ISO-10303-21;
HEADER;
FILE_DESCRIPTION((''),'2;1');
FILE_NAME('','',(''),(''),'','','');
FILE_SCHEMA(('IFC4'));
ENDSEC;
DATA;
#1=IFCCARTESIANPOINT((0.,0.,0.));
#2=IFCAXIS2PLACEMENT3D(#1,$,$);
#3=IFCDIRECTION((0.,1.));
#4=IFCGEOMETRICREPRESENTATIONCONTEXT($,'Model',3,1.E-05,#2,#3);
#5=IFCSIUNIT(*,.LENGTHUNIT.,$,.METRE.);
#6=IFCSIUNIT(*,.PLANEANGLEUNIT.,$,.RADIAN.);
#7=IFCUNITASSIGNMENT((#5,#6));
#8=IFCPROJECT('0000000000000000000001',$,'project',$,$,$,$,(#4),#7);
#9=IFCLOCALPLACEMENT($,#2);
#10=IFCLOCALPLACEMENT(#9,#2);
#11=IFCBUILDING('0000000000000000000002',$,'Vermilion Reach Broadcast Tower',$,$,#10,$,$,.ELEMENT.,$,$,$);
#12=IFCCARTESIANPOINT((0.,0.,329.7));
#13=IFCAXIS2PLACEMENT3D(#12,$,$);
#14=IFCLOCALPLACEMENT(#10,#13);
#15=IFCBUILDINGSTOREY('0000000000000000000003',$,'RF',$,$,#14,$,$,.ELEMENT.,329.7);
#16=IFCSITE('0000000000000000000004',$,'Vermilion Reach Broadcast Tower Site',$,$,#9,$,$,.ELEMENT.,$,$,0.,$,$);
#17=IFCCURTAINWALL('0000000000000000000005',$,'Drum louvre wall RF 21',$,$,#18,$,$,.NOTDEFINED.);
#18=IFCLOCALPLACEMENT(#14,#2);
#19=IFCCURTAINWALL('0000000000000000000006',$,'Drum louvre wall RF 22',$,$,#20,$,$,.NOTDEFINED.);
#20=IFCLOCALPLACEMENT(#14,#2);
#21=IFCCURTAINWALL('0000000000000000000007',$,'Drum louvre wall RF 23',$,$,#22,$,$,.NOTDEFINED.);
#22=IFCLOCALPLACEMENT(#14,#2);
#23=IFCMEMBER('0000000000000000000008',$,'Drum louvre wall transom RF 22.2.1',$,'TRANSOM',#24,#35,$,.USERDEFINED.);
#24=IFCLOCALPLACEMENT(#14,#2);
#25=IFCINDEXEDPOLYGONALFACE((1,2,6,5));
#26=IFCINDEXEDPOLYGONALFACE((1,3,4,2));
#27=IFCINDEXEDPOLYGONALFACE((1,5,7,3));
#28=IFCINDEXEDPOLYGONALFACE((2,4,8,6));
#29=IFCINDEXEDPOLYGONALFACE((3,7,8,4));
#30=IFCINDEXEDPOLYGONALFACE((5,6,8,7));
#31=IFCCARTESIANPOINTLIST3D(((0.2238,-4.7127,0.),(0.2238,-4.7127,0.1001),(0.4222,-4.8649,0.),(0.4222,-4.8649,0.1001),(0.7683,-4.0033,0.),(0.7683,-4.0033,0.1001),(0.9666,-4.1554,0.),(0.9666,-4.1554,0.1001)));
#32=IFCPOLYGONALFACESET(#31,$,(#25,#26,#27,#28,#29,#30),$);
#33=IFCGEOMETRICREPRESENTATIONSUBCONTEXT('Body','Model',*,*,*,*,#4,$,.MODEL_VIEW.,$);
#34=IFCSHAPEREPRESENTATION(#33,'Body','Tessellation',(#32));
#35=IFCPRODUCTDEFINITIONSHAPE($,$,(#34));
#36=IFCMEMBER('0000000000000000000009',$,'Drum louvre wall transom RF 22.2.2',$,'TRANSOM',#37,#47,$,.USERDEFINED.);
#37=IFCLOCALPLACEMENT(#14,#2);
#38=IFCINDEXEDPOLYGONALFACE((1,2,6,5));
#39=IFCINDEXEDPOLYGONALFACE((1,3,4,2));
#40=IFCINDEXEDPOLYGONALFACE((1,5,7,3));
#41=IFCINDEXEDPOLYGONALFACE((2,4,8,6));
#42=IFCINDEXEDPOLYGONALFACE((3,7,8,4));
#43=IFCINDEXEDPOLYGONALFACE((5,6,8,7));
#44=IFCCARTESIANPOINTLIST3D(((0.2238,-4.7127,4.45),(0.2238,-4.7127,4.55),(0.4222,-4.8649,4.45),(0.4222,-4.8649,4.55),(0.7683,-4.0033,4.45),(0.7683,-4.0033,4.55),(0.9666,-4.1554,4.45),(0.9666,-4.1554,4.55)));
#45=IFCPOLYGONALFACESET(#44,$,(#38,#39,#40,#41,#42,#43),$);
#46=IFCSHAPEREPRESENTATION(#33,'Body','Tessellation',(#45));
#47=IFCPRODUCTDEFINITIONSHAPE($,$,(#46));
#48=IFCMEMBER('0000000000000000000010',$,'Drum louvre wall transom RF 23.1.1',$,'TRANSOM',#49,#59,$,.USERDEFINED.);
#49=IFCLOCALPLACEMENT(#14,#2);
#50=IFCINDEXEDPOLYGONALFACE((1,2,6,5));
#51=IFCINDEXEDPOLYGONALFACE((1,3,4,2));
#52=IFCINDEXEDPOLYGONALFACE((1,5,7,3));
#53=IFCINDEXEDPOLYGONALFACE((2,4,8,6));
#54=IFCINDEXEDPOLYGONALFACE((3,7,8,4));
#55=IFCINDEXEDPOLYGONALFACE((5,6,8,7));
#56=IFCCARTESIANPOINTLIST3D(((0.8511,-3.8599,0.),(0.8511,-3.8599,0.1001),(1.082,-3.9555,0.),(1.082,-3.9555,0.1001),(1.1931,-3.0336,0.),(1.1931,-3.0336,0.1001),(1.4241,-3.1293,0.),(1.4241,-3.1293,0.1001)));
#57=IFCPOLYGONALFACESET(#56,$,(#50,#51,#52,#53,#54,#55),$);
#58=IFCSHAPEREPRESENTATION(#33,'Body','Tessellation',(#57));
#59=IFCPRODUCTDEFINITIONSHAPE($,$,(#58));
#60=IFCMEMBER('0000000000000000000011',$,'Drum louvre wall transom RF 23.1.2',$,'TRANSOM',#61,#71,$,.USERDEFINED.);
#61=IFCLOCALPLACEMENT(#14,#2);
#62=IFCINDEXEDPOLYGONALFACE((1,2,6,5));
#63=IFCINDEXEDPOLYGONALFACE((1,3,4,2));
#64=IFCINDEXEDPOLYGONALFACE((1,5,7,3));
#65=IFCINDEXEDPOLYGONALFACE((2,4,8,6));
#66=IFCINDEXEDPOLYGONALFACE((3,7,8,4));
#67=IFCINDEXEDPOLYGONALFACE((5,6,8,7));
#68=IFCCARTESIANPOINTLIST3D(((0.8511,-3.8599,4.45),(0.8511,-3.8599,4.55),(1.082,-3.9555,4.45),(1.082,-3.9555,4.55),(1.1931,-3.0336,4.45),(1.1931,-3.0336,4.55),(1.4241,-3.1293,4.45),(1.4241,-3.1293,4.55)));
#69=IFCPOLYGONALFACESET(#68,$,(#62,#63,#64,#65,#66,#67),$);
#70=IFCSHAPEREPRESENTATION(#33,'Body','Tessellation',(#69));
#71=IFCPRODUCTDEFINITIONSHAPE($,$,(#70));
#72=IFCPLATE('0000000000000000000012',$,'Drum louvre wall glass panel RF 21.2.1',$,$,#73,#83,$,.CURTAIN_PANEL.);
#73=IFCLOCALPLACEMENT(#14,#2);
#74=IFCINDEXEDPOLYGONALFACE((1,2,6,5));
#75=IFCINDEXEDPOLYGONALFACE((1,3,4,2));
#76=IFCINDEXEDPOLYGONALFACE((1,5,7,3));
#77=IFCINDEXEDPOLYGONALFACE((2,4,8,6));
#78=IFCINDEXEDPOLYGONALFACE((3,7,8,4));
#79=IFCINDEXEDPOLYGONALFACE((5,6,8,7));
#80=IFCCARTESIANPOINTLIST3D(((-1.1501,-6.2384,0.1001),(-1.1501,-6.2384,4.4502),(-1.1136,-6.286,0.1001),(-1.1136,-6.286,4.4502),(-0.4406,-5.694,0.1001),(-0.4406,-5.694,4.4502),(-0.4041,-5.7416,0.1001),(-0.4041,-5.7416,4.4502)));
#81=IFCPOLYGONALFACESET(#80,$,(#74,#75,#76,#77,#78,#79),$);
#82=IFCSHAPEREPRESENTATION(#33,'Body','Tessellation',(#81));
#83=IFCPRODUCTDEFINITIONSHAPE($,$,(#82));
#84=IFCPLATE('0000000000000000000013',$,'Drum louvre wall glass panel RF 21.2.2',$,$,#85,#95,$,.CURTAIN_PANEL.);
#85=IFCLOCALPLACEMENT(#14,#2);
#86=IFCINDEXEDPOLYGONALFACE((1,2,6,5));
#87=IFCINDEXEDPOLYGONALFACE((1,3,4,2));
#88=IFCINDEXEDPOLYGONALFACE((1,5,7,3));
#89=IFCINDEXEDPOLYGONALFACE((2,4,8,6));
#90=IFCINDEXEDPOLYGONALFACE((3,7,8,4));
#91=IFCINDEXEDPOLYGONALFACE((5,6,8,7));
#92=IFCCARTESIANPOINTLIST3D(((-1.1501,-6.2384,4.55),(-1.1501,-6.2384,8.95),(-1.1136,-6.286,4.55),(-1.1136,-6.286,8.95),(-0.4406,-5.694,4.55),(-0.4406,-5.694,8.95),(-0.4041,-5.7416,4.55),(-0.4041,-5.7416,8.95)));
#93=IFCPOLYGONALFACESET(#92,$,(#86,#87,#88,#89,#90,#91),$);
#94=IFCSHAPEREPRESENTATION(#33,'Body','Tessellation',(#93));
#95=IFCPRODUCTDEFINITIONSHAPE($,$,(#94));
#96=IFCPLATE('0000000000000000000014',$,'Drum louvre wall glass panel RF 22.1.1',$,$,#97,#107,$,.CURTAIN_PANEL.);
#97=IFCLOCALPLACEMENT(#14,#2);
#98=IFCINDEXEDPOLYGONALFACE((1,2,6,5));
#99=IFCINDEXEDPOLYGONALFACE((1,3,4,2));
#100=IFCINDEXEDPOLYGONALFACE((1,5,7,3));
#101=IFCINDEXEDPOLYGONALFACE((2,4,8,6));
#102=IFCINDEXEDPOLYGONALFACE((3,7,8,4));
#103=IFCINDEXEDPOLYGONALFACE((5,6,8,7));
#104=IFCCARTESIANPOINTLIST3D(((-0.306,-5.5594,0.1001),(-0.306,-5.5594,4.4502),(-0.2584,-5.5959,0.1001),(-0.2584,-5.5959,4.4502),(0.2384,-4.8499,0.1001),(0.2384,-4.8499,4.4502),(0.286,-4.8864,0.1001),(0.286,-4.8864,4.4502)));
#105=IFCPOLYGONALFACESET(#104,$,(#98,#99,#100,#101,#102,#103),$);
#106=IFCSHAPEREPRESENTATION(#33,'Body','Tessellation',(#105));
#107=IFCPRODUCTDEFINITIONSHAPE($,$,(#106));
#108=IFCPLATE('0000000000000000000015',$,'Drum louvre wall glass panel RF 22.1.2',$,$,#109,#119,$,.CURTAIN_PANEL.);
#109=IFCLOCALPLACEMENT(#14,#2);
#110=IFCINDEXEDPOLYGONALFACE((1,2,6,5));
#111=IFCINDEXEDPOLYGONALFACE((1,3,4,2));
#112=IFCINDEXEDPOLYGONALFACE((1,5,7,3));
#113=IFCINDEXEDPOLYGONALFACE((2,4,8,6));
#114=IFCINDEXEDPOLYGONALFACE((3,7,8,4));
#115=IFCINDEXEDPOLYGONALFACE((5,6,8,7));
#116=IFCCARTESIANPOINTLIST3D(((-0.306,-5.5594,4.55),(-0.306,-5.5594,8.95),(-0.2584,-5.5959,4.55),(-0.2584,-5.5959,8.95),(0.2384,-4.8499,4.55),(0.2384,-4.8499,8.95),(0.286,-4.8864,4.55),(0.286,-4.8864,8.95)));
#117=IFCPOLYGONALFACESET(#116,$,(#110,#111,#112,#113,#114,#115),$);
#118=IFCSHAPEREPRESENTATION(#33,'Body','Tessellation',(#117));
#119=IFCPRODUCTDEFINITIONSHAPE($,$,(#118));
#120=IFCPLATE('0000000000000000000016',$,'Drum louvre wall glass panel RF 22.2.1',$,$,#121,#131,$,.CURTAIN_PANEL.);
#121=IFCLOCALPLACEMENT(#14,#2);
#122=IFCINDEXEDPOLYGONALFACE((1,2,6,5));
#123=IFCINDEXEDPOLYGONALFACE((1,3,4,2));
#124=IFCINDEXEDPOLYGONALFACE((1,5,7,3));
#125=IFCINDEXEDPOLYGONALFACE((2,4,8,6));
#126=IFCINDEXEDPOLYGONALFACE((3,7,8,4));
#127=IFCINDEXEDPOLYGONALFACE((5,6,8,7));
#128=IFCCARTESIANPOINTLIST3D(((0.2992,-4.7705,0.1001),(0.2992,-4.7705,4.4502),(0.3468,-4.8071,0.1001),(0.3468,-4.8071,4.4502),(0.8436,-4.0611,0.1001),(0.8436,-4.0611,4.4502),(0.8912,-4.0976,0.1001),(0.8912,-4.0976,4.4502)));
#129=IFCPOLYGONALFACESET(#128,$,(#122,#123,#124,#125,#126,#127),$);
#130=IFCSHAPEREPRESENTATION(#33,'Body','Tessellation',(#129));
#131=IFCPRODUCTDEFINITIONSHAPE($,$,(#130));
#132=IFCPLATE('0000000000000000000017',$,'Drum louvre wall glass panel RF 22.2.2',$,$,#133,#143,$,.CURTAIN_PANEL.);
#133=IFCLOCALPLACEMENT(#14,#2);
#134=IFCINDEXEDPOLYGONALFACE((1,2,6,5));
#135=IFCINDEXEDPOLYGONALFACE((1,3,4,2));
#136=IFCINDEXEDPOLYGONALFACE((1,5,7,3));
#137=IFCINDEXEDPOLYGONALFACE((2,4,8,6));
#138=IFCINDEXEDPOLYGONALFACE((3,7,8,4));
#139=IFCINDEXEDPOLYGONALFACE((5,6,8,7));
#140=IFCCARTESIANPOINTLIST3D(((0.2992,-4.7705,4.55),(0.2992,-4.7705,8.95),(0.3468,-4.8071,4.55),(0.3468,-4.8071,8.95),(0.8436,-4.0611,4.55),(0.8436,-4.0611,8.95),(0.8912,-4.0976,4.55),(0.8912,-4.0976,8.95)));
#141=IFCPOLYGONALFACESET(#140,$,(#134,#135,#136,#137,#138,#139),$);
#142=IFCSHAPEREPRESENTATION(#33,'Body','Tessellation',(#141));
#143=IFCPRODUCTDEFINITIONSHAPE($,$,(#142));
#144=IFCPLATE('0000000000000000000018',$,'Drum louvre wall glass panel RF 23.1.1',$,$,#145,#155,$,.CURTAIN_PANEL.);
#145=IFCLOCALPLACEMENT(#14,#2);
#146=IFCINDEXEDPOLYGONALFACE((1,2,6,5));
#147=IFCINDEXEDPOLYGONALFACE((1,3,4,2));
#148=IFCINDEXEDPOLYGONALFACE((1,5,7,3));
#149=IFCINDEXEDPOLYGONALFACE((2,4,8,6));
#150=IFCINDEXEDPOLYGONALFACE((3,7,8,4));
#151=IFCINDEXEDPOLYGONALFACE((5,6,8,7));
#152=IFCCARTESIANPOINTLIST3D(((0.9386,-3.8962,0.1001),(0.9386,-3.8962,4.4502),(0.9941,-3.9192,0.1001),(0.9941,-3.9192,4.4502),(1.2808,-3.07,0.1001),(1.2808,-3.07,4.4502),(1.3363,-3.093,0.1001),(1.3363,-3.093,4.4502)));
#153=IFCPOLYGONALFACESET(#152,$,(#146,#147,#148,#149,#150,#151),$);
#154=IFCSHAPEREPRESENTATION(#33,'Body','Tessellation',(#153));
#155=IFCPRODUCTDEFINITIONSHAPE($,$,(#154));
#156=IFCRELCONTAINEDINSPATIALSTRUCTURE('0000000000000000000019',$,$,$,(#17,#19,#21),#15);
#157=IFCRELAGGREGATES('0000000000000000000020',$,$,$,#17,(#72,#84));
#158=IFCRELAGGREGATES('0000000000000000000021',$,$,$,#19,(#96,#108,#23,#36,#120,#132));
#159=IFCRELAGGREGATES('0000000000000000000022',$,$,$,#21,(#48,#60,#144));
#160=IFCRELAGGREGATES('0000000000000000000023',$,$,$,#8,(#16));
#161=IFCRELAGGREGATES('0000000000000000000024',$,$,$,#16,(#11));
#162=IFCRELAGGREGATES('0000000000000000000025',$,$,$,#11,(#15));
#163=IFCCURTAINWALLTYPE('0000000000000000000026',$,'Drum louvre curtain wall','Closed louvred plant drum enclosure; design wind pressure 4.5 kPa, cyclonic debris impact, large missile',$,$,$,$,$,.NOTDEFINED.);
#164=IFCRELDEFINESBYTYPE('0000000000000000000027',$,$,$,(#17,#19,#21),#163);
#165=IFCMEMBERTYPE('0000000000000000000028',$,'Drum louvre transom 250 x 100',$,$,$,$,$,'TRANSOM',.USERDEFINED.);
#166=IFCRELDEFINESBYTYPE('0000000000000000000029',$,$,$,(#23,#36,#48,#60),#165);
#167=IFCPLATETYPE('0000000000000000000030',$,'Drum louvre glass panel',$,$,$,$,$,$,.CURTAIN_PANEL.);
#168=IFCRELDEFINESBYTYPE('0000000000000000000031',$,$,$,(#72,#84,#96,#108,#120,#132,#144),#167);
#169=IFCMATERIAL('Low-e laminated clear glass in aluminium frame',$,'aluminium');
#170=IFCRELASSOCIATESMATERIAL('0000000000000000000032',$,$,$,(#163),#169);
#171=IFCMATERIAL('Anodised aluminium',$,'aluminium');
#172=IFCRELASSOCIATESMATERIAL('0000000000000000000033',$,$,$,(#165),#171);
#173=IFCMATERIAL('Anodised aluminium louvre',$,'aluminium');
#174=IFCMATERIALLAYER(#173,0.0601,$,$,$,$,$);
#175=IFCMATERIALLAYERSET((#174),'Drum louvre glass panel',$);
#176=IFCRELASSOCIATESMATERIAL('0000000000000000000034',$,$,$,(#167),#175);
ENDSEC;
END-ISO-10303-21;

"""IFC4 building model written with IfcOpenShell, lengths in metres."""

from ifc_helpers import new_model, si_unit, direction, frame, origin, origin_2d, place, context, subcontext, project, spatial, rectangle, extrude, material, layer, layer_set, material_profile, profile_set, type_object, element, aggregate, save


model = new_model("IFC4")

# Units and contexts
model_context = context("Model", 3, precision=1e-05, world=origin(), true_north=direction((0.0, 1.0)))
body_context = subcontext(model_context, "Body", "Model", "MODEL_VIEW")
ifc_project = project(units=[si_unit("LENGTHUNIT", "METRE"), si_unit("PLANEANGLEUNIT", "RADIAN")], contexts=[model_context])

# Site, building, storey
site_placement = place(None, origin())
site = spatial("IfcSite", under=ifc_project, at=site_placement, Name="Vermilion Reach Broadcast Tower Site", CompositionType="ELEMENT", RefElevation=0.0)
building_placement = place(site_placement, origin())
building = spatial("IfcBuilding", under=site, at=building_placement, Name="Vermilion Reach Broadcast Tower", CompositionType="ELEMENT")
storey_placement = place(building_placement, frame((0.0, 0.0, 329.7)))
storey = spatial("IfcBuildingStorey", under=building, at=storey_placement, Name="RF", CompositionType="ELEMENT", Elevation=329.7)

# Curtain wall
ifc_material_1 = material(Name="Low-e laminated clear glass in aluminium frame", Category="aluminium")
curtain_wall_type = type_object("IfcCurtainWallType", Name="Drum louvre curtain wall", Description="Closed louvred plant drum enclosure; design wind pressure 4.5 kPa, cyclonic debris impact, large missile", PredefinedType="NOTDEFINED", material=ifc_material_1)
placement = place(storey_placement, origin())
curtain_wall_1 = element("IfcCurtainWall", 1, at=placement, inside=storey, type_object=curtain_wall_type, Name="Drum louvre wall RF 21", PredefinedType="NOTDEFINED")

# Curtain wall
curtain_wall_2 = element("IfcCurtainWall", 2, at=placement, inside=storey, type_object=curtain_wall_type, Name="Drum louvre wall RF 22", PredefinedType="NOTDEFINED")

# Curtain wall
curtain_wall_3 = element("IfcCurtainWall", 3, at=placement, inside=storey, type_object=curtain_wall_type, Name="Drum louvre wall RF 23", PredefinedType="NOTDEFINED")

# Members
ifc_material_2 = material(Name="Anodised aluminium", Category="aluminium")
ifc_material_profile_1 = material_profile(ifc_material_2, rectangle(XDim=0.25, YDim=0.1001, at=origin_2d()), Name="Drum louvre transom 250 x 100")
ifc_profile_set_1 = profile_set([ifc_material_profile_1], Name="Anodised aluminium")
member_type_1 = type_object("IfcMemberType", Name="Drum louvre transom 250 x 100", ElementType="TRANSOM", PredefinedType="USERDEFINED", material=ifc_profile_set_1)
member_1_placement = place(storey_placement, frame((0.323, -4.7888, 0.05), z_axis=(0.608787, 0.793334, 0.0), x_axis=(-0.793334, 0.608787, 0.0)))
member_1 = element("IfcMember", 4, at=member_1_placement, type_object=member_type_1, Name="Drum louvre wall transom RF 22.2.1", ObjectType="TRANSOM", PredefinedType="USERDEFINED", context=body_context, shape_type="SweptSolid", body=[
    extrude(rectangle(XDim=0.25, YDim=0.1001, at=origin_2d()), origin(), (0.0, 0.0, 1.0), 0.8943),
])
member_2_placement = place(storey_placement, frame((0.323, -4.7888, 4.5), z_axis=(0.608787, 0.793334, 0.0), x_axis=(-0.793334, 0.608787, 0.0)))
member_2 = element("IfcMember", 5, at=member_2_placement, type_object=member_type_1, Name="Drum louvre wall transom RF 22.2.2", ObjectType="TRANSOM", PredefinedType="USERDEFINED", context=body_context, shape_type="SweptSolid", body=[
    extrude(rectangle(XDim=0.25, YDim=0.1001, at=origin_2d()), origin(), (0.0, 0.0, 1.0), 0.8943),
])
member_3_placement = place(storey_placement, frame((0.9666, -3.9077, 0.05), z_axis=(0.382521, 0.923947, 0.0), x_axis=(-0.923947, 0.382521, 0.0)))
member_3 = element("IfcMember", 6, at=member_3_placement, type_object=member_type_1, Name="Drum louvre wall transom RF 23.1.1", ObjectType="TRANSOM", PredefinedType="USERDEFINED", context=body_context, shape_type="SweptSolid", body=[
    extrude(rectangle(XDim=0.25, YDim=0.1001, at=origin_2d()), origin(), (0.0, 0.0, 1.0), 0.8943),
])
member_4_placement = place(storey_placement, frame((0.9666, -3.9077, 4.5), z_axis=(0.382521, 0.923947, 0.0), x_axis=(-0.923947, 0.382521, 0.0)))
member_4 = element("IfcMember", 7, at=member_4_placement, type_object=member_type_1, Name="Drum louvre wall transom RF 23.1.2", ObjectType="TRANSOM", PredefinedType="USERDEFINED", context=body_context, shape_type="SweptSolid", body=[
    extrude(rectangle(XDim=0.25, YDim=0.1001, at=origin_2d()), origin(), (0.0, 0.0, 1.0), 0.8943),
])

# Plates
ifc_material_3 = material(Name="Anodised aluminium louvre", Category="aluminium")
ifc_layer_1 = layer(ifc_material_3, 0.0601)
ifc_layer_set_1 = layer_set([ifc_layer_1], Name="Drum louvre glass panel")
plate_type = type_object("IfcPlateType", Name="Drum louvre glass panel", PredefinedType="CURTAIN_PANEL", material=ifc_layer_set_1)
plate_1_placement = place(storey_placement, frame((-0.7771, -5.99, 0.1001), z_axis=(0.0, 0.0, 1.0), x_axis=(0.793353, 0.608761, 0.0)))
plate_1 = element("IfcPlate", 8, at=plate_1_placement, type_object=plate_type, Name="Drum louvre wall glass panel RF 21.2.1", PredefinedType="CURTAIN_PANEL", context=body_context, shape_type="SweptSolid", body=[
    extrude(rectangle(XDim=0.8943, YDim=0.0601, at=origin_2d()), origin(), (0.0, 0.0, 1.0), 4.3501),
])
plate_2_placement = place(storey_placement, frame((-0.7771, -5.99, 4.55), z_axis=(0.0, 0.0, 1.0), x_axis=(0.793353, 0.608761, 0.0)))
plate_2 = element("IfcPlate", 9, at=plate_2_placement, type_object=plate_type, Name="Drum louvre wall glass panel RF 21.2.2", PredefinedType="CURTAIN_PANEL", context=body_context, shape_type="SweptSolid", body=[
    extrude(rectangle(XDim=0.8943, YDim=0.0601, at=origin_2d()), origin(), (0.0, 0.0, 1.0), 4.3999),
])
aggregate(curtain_wall_1, [plate_1, plate_2])
plate_3_placement = place(storey_placement, frame((-0.01, -5.2229, 0.1001), z_axis=(0.0, 0.0, 1.0), x_axis=(0.608761, 0.793353, 0.0)))
plate_3 = element("IfcPlate", 10, at=plate_3_placement, type_object=plate_type, Name="Drum louvre wall glass panel RF 22.1.1", PredefinedType="CURTAIN_PANEL", context=body_context, shape_type="SweptSolid", body=[
    extrude(rectangle(XDim=0.8943, YDim=0.0601, at=origin_2d()), origin(), (0.0, 0.0, 1.0), 4.3501),
])
plate_4_placement = place(storey_placement, frame((-0.01, -5.2229, 4.55), z_axis=(0.0, 0.0, 1.0), x_axis=(0.608761, 0.793353, 0.0)))
plate_4 = element("IfcPlate", 11, at=plate_4_placement, type_object=plate_type, Name="Drum louvre wall glass panel RF 22.1.2", PredefinedType="CURTAIN_PANEL", context=body_context, shape_type="SweptSolid", body=[
    extrude(rectangle(XDim=0.8943, YDim=0.0601, at=origin_2d()), origin(), (0.0, 0.0, 1.0), 4.3999),
])
plate_5_placement = place(storey_placement, frame((0.5952, -4.4341, 0.1001), z_axis=(0.0, 0.0, 1.0), x_axis=(0.608761, 0.793353, 0.0)))
plate_5 = element("IfcPlate", 12, at=plate_5_placement, type_object=plate_type, Name="Drum louvre wall glass panel RF 22.2.1", PredefinedType="CURTAIN_PANEL", context=body_context, shape_type="SweptSolid", body=[
    extrude(rectangle(XDim=0.8943, YDim=0.0601, at=origin_2d()), origin(), (0.0, 0.0, 1.0), 4.3501),
])
plate_6_placement = place(storey_placement, frame((0.5952, -4.4341, 4.55), z_axis=(0.0, 0.0, 1.0), x_axis=(0.608761, 0.793353, 0.0)))
plate_6 = element("IfcPlate", 13, at=plate_6_placement, type_object=plate_type, Name="Drum louvre wall glass panel RF 22.2.2", PredefinedType="CURTAIN_PANEL", context=body_context, shape_type="SweptSolid", body=[
    extrude(rectangle(XDim=0.8943, YDim=0.0601, at=origin_2d()), origin(), (0.0, 0.0, 1.0), 4.3999),
])
aggregate(curtain_wall_2, [plate_3, plate_4, member_1, member_2, plate_5, plate_6])
plate_7_placement = place(storey_placement, frame((1.1375, -3.4946, 0.1001), z_axis=(0.0, 0.0, 1.0), x_axis=(0.382683, 0.92388, 0.0)))
plate_7 = element("IfcPlate", 14, at=plate_7_placement, type_object=plate_type, Name="Drum louvre wall glass panel RF 23.1.1", PredefinedType="CURTAIN_PANEL", context=body_context, shape_type="SweptSolid", body=[
    extrude(rectangle(XDim=0.8943, YDim=0.0601, at=origin_2d()), origin(), (0.0, 0.0, 1.0), 4.3501),
])
aggregate(curtain_wall_3, [member_3, member_4, plate_7])

save(model, "model.ifc")
